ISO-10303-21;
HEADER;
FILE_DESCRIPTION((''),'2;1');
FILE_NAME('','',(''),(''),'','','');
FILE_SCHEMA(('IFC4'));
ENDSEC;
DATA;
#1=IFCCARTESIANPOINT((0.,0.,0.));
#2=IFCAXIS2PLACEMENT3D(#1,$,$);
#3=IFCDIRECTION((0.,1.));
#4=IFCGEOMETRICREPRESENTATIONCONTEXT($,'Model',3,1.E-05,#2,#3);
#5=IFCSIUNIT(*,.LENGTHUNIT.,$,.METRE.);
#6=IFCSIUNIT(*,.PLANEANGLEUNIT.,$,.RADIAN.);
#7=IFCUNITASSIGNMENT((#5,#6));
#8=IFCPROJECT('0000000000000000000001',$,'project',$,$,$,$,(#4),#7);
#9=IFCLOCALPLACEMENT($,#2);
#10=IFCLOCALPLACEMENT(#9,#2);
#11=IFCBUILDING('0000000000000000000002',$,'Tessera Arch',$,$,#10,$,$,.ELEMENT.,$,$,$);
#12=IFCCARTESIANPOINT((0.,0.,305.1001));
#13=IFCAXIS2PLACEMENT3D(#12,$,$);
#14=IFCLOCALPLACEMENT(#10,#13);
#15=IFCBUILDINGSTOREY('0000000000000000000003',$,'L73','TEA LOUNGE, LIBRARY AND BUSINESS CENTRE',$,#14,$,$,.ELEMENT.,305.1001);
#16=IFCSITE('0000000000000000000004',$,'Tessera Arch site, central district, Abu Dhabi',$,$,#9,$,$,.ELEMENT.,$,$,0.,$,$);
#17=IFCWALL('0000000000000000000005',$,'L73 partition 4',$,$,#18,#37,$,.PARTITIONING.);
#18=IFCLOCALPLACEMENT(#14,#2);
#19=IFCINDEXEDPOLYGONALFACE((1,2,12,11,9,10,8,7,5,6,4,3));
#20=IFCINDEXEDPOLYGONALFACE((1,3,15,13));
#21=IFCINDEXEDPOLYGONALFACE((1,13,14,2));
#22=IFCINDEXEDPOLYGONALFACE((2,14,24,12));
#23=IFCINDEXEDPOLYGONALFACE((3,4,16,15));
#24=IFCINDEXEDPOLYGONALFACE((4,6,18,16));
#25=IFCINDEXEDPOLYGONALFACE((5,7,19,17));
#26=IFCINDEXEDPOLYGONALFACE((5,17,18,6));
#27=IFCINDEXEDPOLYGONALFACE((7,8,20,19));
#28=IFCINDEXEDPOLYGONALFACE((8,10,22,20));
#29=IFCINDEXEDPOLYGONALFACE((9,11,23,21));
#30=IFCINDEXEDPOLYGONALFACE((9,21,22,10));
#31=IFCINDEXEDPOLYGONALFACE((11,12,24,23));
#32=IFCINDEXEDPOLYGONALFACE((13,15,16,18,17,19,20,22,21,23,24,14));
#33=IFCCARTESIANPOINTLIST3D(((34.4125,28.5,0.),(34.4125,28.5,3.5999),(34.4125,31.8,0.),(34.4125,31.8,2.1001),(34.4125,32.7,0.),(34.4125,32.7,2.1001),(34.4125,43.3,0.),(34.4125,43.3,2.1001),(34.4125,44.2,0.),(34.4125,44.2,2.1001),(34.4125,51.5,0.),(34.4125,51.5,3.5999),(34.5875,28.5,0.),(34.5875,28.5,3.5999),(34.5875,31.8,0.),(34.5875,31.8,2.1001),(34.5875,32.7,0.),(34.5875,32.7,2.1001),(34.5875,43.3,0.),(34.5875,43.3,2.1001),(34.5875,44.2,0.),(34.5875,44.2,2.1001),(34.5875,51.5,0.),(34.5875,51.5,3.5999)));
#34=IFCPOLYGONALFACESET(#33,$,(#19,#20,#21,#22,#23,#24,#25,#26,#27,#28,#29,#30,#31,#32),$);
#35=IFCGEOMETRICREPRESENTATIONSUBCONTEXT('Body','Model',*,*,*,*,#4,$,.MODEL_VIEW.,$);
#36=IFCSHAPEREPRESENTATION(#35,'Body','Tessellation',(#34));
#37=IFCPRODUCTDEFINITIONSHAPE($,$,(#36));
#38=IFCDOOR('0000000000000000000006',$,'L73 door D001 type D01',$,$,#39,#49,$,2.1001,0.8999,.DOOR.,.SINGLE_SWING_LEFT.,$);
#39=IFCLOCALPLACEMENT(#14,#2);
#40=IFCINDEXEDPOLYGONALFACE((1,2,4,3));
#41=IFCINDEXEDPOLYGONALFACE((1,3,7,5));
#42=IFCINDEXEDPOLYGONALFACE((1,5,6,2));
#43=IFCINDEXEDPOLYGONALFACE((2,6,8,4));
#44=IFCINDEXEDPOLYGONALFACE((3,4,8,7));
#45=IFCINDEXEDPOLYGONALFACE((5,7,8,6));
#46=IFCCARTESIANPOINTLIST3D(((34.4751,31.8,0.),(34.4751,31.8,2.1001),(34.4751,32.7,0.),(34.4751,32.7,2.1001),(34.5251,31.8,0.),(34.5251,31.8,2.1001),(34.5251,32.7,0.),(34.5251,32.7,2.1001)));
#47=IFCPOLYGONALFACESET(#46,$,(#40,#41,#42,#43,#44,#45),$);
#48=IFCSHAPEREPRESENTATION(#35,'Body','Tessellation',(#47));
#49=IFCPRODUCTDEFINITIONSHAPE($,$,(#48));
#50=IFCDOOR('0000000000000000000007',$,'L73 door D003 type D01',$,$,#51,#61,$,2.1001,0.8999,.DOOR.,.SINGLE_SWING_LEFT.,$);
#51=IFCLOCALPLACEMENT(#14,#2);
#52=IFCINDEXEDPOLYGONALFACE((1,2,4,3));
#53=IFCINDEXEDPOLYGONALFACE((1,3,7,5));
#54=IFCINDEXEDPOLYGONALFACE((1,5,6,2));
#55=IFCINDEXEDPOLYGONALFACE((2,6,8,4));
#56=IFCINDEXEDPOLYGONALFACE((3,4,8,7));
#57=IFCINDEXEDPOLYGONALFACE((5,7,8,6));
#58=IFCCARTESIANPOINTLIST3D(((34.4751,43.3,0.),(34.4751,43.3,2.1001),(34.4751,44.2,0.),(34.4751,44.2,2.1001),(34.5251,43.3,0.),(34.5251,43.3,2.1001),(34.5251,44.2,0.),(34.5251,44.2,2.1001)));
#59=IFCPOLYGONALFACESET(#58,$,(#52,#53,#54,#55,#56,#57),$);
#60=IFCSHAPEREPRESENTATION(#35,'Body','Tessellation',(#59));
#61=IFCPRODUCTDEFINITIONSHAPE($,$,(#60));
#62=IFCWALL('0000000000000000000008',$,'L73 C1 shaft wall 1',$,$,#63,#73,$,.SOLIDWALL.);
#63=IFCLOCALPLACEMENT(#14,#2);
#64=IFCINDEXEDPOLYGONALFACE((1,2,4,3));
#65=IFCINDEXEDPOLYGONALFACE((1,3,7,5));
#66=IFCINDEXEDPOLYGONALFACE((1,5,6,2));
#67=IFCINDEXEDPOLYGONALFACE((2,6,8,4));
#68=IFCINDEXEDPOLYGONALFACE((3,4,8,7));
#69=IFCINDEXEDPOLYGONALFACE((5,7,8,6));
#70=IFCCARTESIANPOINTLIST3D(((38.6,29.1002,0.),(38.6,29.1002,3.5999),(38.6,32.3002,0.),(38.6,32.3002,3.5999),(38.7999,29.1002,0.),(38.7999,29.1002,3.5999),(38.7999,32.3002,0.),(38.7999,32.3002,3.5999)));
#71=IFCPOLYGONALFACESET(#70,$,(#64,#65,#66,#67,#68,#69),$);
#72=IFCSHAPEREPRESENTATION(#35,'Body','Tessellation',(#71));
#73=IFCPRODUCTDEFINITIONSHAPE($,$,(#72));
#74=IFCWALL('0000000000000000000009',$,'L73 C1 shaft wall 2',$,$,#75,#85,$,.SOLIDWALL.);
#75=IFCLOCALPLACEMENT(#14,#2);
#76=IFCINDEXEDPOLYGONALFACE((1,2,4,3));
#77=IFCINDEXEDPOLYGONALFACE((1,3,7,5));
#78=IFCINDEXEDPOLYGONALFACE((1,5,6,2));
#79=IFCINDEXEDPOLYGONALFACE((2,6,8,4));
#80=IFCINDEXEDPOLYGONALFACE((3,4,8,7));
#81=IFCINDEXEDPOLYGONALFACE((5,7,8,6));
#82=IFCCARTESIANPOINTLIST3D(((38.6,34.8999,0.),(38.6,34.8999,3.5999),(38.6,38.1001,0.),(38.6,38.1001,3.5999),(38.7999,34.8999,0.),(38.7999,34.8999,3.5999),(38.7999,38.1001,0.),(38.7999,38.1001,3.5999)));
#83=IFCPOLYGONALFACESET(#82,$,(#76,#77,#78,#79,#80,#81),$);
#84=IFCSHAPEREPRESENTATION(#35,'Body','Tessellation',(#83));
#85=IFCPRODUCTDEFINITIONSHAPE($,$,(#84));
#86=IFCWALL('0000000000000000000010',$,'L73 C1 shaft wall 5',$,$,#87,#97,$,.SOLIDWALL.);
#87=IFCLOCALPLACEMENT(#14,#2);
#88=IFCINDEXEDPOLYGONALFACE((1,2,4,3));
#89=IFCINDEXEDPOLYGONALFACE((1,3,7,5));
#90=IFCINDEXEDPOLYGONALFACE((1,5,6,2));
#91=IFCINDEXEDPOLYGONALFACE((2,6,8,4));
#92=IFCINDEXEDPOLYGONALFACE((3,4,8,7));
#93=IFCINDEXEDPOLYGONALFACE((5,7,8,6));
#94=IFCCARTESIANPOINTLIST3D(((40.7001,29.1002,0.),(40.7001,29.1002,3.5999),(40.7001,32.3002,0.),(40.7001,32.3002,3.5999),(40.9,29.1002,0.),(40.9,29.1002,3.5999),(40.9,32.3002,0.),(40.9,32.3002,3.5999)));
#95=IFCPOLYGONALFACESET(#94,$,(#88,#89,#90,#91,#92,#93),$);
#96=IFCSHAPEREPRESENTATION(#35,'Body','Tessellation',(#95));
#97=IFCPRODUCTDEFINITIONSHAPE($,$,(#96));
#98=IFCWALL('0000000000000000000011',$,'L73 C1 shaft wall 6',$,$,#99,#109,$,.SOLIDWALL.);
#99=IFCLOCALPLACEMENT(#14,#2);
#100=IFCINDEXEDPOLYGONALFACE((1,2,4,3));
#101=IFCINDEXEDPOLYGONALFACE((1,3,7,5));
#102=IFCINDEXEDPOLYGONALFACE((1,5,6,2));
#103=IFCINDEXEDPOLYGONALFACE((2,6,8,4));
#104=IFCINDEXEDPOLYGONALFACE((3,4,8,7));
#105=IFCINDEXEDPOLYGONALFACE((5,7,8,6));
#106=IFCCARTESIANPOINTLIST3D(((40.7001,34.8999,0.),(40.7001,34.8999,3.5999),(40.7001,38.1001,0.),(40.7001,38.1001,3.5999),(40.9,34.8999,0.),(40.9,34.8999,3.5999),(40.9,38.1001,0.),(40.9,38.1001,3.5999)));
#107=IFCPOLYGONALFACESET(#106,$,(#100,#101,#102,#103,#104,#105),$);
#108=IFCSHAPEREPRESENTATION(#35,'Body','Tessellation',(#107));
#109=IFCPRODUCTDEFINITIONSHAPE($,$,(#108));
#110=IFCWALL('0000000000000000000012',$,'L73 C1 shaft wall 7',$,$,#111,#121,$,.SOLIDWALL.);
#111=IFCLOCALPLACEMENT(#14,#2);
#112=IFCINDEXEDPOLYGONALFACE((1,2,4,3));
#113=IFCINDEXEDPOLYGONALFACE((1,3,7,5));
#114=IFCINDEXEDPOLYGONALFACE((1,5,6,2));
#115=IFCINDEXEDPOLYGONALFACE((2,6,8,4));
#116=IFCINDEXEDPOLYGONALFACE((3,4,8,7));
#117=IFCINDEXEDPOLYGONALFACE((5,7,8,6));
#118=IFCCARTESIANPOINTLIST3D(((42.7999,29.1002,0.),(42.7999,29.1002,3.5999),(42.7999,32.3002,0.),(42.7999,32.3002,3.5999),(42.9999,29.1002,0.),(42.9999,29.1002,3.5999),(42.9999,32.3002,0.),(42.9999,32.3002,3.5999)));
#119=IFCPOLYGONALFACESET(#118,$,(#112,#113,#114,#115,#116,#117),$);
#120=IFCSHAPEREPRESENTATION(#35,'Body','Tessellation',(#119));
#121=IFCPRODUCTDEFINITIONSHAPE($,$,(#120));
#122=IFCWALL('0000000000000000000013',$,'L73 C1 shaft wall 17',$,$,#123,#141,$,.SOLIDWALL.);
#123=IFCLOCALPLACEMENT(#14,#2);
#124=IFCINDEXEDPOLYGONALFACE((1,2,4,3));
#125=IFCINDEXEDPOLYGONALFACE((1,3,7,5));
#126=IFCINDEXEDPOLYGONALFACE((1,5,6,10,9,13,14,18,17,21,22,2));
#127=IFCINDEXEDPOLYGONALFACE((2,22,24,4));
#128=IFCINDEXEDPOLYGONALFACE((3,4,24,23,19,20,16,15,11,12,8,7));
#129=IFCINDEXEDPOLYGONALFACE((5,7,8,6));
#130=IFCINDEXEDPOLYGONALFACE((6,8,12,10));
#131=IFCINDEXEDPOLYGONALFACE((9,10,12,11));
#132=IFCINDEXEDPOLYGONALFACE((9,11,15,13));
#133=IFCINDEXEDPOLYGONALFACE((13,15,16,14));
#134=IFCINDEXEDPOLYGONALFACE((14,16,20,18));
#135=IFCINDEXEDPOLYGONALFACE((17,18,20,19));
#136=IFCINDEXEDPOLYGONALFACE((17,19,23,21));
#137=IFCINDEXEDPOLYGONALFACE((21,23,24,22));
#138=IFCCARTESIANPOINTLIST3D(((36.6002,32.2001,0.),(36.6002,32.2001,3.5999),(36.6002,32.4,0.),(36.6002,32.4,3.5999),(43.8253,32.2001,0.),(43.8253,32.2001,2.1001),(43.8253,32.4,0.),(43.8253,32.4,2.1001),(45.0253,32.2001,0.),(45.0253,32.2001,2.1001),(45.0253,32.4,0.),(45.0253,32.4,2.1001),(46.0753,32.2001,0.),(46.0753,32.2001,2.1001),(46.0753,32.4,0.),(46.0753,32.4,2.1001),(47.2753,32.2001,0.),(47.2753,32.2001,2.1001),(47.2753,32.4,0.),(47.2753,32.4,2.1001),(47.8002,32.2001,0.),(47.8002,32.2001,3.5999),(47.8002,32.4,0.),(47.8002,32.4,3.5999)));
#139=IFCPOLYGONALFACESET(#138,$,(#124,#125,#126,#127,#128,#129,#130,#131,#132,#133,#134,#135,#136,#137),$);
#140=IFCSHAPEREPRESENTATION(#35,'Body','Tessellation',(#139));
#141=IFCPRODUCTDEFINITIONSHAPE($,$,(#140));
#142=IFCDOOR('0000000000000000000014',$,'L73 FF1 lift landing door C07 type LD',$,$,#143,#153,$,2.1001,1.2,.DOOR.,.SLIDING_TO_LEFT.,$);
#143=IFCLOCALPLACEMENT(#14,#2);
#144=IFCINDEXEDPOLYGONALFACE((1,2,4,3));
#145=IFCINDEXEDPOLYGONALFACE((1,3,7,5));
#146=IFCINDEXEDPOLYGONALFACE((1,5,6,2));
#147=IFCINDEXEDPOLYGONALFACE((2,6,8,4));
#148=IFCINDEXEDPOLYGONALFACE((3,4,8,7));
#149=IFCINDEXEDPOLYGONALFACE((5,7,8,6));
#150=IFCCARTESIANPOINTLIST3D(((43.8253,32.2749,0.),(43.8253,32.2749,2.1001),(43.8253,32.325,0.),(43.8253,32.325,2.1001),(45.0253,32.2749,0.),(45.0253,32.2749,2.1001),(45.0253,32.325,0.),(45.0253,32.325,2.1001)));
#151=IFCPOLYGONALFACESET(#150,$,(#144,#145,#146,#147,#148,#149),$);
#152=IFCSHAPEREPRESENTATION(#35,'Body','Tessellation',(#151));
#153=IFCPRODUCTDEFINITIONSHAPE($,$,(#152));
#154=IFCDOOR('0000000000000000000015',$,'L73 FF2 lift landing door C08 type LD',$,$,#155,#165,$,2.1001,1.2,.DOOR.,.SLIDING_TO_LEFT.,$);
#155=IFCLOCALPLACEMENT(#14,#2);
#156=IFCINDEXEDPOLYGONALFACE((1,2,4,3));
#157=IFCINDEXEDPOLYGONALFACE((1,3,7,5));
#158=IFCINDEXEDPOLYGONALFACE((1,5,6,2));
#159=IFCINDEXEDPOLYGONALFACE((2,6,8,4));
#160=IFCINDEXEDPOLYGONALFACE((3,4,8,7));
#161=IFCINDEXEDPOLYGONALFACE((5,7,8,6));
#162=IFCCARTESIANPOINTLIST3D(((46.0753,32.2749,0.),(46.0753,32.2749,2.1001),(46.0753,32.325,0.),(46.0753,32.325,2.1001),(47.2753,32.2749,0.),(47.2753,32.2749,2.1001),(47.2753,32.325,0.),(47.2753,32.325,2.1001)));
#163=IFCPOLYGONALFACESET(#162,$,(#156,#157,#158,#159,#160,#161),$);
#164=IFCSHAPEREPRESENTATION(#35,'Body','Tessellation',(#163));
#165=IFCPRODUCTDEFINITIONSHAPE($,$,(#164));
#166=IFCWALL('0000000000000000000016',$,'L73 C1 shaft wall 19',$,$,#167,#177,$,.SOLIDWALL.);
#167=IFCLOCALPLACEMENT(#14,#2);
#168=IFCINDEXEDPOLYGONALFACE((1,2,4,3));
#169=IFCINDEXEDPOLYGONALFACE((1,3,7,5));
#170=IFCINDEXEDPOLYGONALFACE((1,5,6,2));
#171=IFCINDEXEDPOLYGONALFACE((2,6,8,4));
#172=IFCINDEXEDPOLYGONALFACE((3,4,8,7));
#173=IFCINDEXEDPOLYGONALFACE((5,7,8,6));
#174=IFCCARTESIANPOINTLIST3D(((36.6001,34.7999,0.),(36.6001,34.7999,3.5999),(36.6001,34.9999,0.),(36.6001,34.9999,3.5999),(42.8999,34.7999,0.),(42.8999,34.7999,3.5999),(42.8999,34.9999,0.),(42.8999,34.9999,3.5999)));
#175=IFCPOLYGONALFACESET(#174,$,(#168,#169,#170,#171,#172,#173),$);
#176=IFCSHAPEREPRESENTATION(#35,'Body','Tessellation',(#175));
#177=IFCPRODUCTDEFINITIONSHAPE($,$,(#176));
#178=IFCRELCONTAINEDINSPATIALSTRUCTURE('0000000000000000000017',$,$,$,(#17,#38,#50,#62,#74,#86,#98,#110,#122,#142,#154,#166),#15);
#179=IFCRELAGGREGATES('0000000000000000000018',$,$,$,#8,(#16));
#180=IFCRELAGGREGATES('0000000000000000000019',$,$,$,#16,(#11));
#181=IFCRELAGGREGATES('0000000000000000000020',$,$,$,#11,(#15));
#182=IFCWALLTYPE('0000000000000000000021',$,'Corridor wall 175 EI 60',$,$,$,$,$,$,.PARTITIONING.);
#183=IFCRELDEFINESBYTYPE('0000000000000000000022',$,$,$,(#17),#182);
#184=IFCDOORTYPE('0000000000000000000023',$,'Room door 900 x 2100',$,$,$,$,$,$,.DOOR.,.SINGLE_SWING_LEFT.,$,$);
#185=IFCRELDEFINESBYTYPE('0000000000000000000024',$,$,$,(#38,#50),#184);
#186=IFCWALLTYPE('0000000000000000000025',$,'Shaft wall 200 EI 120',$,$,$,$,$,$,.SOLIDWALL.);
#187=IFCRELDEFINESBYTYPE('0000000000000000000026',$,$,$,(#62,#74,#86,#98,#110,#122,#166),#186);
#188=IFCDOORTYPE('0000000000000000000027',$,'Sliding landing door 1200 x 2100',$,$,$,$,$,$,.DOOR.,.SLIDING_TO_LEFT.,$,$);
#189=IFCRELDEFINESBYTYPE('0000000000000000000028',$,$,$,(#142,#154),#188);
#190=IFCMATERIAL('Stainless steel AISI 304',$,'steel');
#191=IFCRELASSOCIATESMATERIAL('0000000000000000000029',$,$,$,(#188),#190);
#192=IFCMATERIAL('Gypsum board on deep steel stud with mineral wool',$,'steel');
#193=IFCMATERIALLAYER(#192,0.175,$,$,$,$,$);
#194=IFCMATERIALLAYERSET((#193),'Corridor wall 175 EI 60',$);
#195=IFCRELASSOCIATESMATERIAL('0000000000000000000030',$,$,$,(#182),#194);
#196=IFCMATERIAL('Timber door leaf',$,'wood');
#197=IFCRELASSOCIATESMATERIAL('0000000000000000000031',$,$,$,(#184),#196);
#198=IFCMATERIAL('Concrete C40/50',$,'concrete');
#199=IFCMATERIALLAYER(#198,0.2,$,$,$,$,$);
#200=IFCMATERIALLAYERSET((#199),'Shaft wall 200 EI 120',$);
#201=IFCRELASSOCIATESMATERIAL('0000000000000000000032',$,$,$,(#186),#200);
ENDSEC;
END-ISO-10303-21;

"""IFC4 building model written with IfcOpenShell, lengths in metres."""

from ifc_helpers import new_model, si_unit, direction, frame, frame_2d, origin, place, context, subcontext, project, spatial, rectangle, extrude, material, layer, layer_set, type_object, element, fill, save


model = new_model("IFC4")

# Units and contexts
model_context = context("Model", 3, precision=1e-05, world=origin(), true_north=direction((0.0, 1.0)))
body_context = subcontext(model_context, "Body", "Model", "MODEL_VIEW")
ifc_project = project(units=[si_unit("LENGTHUNIT", "METRE"), si_unit("PLANEANGLEUNIT", "RADIAN")], contexts=[model_context])

# Site, building, storey
site_placement = place(None, origin())
site = spatial("IfcSite", under=ifc_project, at=site_placement, Name="Tessera Arch site, central district, Abu Dhabi", CompositionType="ELEMENT", RefElevation=0.0)
building_placement = place(site_placement, origin())
building = spatial("IfcBuilding", under=site, at=building_placement, Name="Tessera Arch", CompositionType="ELEMENT")
storey_placement = place(building_placement, frame((0.0, 0.0, 305.1001)))
storey = spatial("IfcBuildingStorey", under=building, at=storey_placement, Name="L73", Description="TEA LOUNGE, LIBRARY AND BUSINESS CENTRE", CompositionType="ELEMENT", Elevation=305.1001)

# Shared definitions
ifc_material_1 = material(Name="Stainless steel AISI 304", Category="steel")
door_type_1 = type_object("IfcDoorType", Name="Sliding landing door 1200 x 2100", OperationType="SLIDING_TO_LEFT", PredefinedType="DOOR", material=ifc_material_1)

# Shared definitions
ifc_material_2 = material(Name="Gypsum board on deep steel stud with mineral wool", Category="steel")
ifc_layer_1 = layer(ifc_material_2, 0.175)
ifc_layer_set_1 = layer_set([ifc_layer_1], Name="Corridor wall 175 EI 60")
wall_type_1 = type_object("IfcWallType", Name="Corridor wall 175 EI 60", PredefinedType="PARTITIONING", material=ifc_layer_set_1)

# Wall, openings, doors
wall_1_placement = place(storey_placement, frame((34.5, 28.5, 0.0), z_axis=(0.0, 0.0, 1.0), x_axis=(0.0, 1.0, 0.0)))
wall_1 = element("IfcWall", 1, at=wall_1_placement, inside=storey, type_object=wall_type_1, Name="L73 partition 4", PredefinedType="PARTITIONING", context=body_context, shape_type="SweptSolid", body=[
    extrude(rectangle(XDim=23.0, YDim=0.175, at=frame_2d((11.5, 0.0))), origin(), (0.0, 0.0, 1.0), 3.5999),
])
opening_1_placement = place(wall_1_placement, frame((3.3, 0.0, 0.0)))
opening_1 = element("IfcOpeningElement", 2, at=opening_1_placement, cuts=wall_1, PredefinedType="OPENING", context=body_context, shape_type="SweptSolid", body=[
    extrude(rectangle(XDim=0.8999, YDim=2.1001, at=frame_2d((0.45, 1.05))), frame((0.0, 0.0974, 0.0), z_axis=(0.0, -1.0, 0.0), x_axis=(1.0, 0.0, 0.0)), (0.0, 0.0, 1.0), 0.1951),
])
opening_2_placement = place(wall_1_placement, frame((14.8, 0.0, 0.0)))
opening_2 = element("IfcOpeningElement", 3, at=opening_2_placement, cuts=wall_1, PredefinedType="OPENING", context=body_context, shape_type="SweptSolid", body=[
    extrude(rectangle(XDim=0.8999, YDim=2.1001, at=frame_2d((0.45, 1.05))), frame((0.0, 0.0974, 0.0), z_axis=(0.0, -1.0, 0.0), x_axis=(1.0, 0.0, 0.0)), (0.0, 0.0, 1.0), 0.1951),
])
ifc_material_3 = material(Name="Timber door leaf", Category="wood")
door_type_2 = type_object("IfcDoorType", Name="Room door 900 x 2100", OperationType="SINGLE_SWING_LEFT", PredefinedType="DOOR", material=ifc_material_3)
door_1_placement = place(opening_1_placement, origin())
door_1 = element("IfcDoor", 4, at=door_1_placement, inside=storey, type_object=door_type_2, Name="L73 door D001 type D01", OperationType="SINGLE_SWING_LEFT", OverallHeight=2.1001, OverallWidth=0.8999, PredefinedType="DOOR", context=body_context, shape_type="SweptSolid", body=[
    extrude(rectangle(XDim=0.8999, YDim=2.1001, at=frame_2d((0.45, 1.05))), frame((0.0, 0.0249, 0.0), z_axis=(0.0, -1.0, 0.0), x_axis=(1.0, 0.0, 0.0)), (0.0, 0.0, 1.0), 0.05),
])
fill(opening_1, door_1)
door_2_placement = place(opening_2_placement, origin())
door_2 = element("IfcDoor", 5, at=door_2_placement, inside=storey, type_object=door_type_2, Name="L73 door D003 type D01", OperationType="SINGLE_SWING_LEFT", OverallHeight=2.1001, OverallWidth=0.8999, PredefinedType="DOOR", context=body_context, shape_type="SweptSolid", body=[
    extrude(rectangle(XDim=0.8999, YDim=2.1001, at=frame_2d((0.45, 1.05))), frame((0.0, 0.0249, 0.0), z_axis=(0.0, -1.0, 0.0), x_axis=(1.0, 0.0, 0.0)), (0.0, 0.0, 1.0), 0.05),
])
fill(opening_2, door_2)

# Walls
ifc_material_4 = material(Name="Concrete C40/50", Category="concrete")
ifc_layer_2 = layer(ifc_material_4, 0.2)
ifc_layer_set_2 = layer_set([ifc_layer_2], Name="Shaft wall 200 EI 120")
wall_type_2 = type_object("IfcWallType", Name="Shaft wall 200 EI 120", PredefinedType="SOLIDWALL", material=ifc_layer_set_2)
wall_2_placement = place(storey_placement, frame((38.7, 29.1001, 0.0), z_axis=(0.0, 0.0, 1.0), x_axis=(0.0, 1.0, 0.0)))
element("IfcWall", 6, at=wall_2_placement, inside=storey, type_object=wall_type_2, Name="L73 C1 shaft wall 1", PredefinedType="SOLIDWALL", context=body_context, shape_type="SweptSolid", body=[
    extrude(rectangle(XDim=3.2, YDim=0.2, at=frame_2d((1.6001, 0.0))), origin(), (0.0, 0.0, 1.0), 3.5999),
])
wall_3_placement = place(storey_placement, frame((38.7, 34.8999, 0.0), z_axis=(0.0, 0.0, 1.0), x_axis=(0.0, 1.0, 0.0)))
element("IfcWall", 7, at=wall_3_placement, inside=storey, type_object=wall_type_2, Name="L73 C1 shaft wall 2", PredefinedType="SOLIDWALL", context=body_context, shape_type="SweptSolid", body=[
    extrude(rectangle(XDim=3.2002, YDim=0.2, at=frame_2d((1.6001, 0.0))), origin(), (0.0, 0.0, 1.0), 3.5999),
])
wall_4_placement = place(storey_placement, frame((40.8, 29.1001, 0.0), z_axis=(0.0, 0.0, 1.0), x_axis=(0.0, 1.0, 0.0)))
element("IfcWall", 8, at=wall_4_placement, inside=storey, type_object=wall_type_2, Name="L73 C1 shaft wall 5", PredefinedType="SOLIDWALL", context=body_context, shape_type="SweptSolid", body=[
    extrude(rectangle(XDim=3.2, YDim=0.2, at=frame_2d((1.6001, 0.0))), origin(), (0.0, 0.0, 1.0), 3.5999),
])
wall_5_placement = place(storey_placement, frame((40.8, 34.8999, 0.0), z_axis=(0.0, 0.0, 1.0), x_axis=(0.0, 1.0, 0.0)))
element("IfcWall", 9, at=wall_5_placement, inside=storey, type_object=wall_type_2, Name="L73 C1 shaft wall 6", PredefinedType="SOLIDWALL", context=body_context, shape_type="SweptSolid", body=[
    extrude(rectangle(XDim=3.2002, YDim=0.2, at=frame_2d((1.6001, 0.0))), origin(), (0.0, 0.0, 1.0), 3.5999),
])
wall_6_placement = place(storey_placement, frame((42.8999, 29.1001, 0.0), z_axis=(0.0, 0.0, 1.0), x_axis=(0.0, 1.0, 0.0)))
element("IfcWall", 10, at=wall_6_placement, inside=storey, type_object=wall_type_2, Name="L73 C1 shaft wall 7", PredefinedType="SOLIDWALL", context=body_context, shape_type="SweptSolid", body=[
    extrude(rectangle(XDim=3.2, YDim=0.2, at=frame_2d((1.6001, 0.0))), origin(), (0.0, 0.0, 1.0), 3.5999),
])

# Wall, openings, doors
wall_7_placement = place(storey_placement, frame((36.6001, 32.3, 0.0), z_axis=(0.0, 0.0, 1.0), x_axis=(1.0, 0.0, 0.0)))
wall_7 = element("IfcWall", 11, at=wall_7_placement, inside=storey, type_object=wall_type_2, Name="L73 C1 shaft wall 17", PredefinedType="SOLIDWALL", context=body_context, shape_type="SweptSolid", body=[
    extrude(rectangle(XDim=11.2, YDim=0.2, at=frame_2d((5.6001, 0.0))), origin(), (0.0, 0.0, 1.0), 3.5999),
])
opening_3_placement = place(wall_7_placement, frame((7.2251, 0.0, 0.0)))
opening_3 = element("IfcOpeningElement", 12, at=opening_3_placement, cuts=wall_7, PredefinedType="OPENING", context=body_context, shape_type="SweptSolid", body=[
    extrude(rectangle(XDim=1.2, YDim=2.1001, at=frame_2d((0.6001, 1.05))), frame((0.0, 0.1099, 0.0), z_axis=(0.0, -1.0, 0.0), x_axis=(1.0, 0.0, 0.0)), (0.0, 0.0, 1.0), 0.22),
])
opening_4_placement = place(wall_7_placement, frame((9.4751, 0.0, 0.0)))
opening_4 = element("IfcOpeningElement", 13, at=opening_4_placement, cuts=wall_7, PredefinedType="OPENING", context=body_context, shape_type="SweptSolid", body=[
    extrude(rectangle(XDim=1.2, YDim=2.1001, at=frame_2d((0.6001, 1.05))), frame((0.0, 0.1099, 0.0), z_axis=(0.0, -1.0, 0.0), x_axis=(1.0, 0.0, 0.0)), (0.0, 0.0, 1.0), 0.22),
])
door_3_placement = place(opening_3_placement, origin())
door_3 = element("IfcDoor", 14, at=door_3_placement, inside=storey, type_object=door_type_1, Name="L73 FF1 lift landing door C07 type LD", OperationType="SLIDING_TO_LEFT", OverallHeight=2.1001, OverallWidth=1.2, PredefinedType="DOOR", context=body_context, shape_type="SweptSolid", body=[
    extrude(rectangle(XDim=1.2, YDim=2.1001, at=frame_2d((0.6001, 1.05))), frame((0.0, 0.0249, 0.0), z_axis=(0.0, -1.0, 0.0), x_axis=(1.0, 0.0, 0.0)), (0.0, 0.0, 1.0), 0.05),
])
fill(opening_3, door_3)
door_4_placement = place(opening_4_placement, origin())
door_4 = element("IfcDoor", 15, at=door_4_placement, inside=storey, type_object=door_type_1, Name="L73 FF2 lift landing door C08 type LD", OperationType="SLIDING_TO_LEFT", OverallHeight=2.1001, OverallWidth=1.2, PredefinedType="DOOR", context=body_context, shape_type="SweptSolid", body=[
    extrude(rectangle(XDim=1.2, YDim=2.1001, at=frame_2d((0.6001, 1.05))), frame((0.0, 0.0249, 0.0), z_axis=(0.0, -1.0, 0.0), x_axis=(1.0, 0.0, 0.0)), (0.0, 0.0, 1.0), 0.05),
])
fill(opening_4, door_4)

# Wall
wall_8_placement = place(storey_placement, frame((36.6001, 34.8999, 0.0), z_axis=(0.0, 0.0, 1.0), x_axis=(1.0, 0.0, 0.0)))
element("IfcWall", 16, at=wall_8_placement, inside=storey, type_object=wall_type_2, Name="L73 C1 shaft wall 19", PredefinedType="SOLIDWALL", context=body_context, shape_type="SweptSolid", body=[
    extrude(rectangle(XDim=6.2998, YDim=0.2, at=frame_2d((3.1499, 0.0))), origin(), (0.0, 0.0, 1.0), 3.5999),
])

save(model, "model.ifc")
